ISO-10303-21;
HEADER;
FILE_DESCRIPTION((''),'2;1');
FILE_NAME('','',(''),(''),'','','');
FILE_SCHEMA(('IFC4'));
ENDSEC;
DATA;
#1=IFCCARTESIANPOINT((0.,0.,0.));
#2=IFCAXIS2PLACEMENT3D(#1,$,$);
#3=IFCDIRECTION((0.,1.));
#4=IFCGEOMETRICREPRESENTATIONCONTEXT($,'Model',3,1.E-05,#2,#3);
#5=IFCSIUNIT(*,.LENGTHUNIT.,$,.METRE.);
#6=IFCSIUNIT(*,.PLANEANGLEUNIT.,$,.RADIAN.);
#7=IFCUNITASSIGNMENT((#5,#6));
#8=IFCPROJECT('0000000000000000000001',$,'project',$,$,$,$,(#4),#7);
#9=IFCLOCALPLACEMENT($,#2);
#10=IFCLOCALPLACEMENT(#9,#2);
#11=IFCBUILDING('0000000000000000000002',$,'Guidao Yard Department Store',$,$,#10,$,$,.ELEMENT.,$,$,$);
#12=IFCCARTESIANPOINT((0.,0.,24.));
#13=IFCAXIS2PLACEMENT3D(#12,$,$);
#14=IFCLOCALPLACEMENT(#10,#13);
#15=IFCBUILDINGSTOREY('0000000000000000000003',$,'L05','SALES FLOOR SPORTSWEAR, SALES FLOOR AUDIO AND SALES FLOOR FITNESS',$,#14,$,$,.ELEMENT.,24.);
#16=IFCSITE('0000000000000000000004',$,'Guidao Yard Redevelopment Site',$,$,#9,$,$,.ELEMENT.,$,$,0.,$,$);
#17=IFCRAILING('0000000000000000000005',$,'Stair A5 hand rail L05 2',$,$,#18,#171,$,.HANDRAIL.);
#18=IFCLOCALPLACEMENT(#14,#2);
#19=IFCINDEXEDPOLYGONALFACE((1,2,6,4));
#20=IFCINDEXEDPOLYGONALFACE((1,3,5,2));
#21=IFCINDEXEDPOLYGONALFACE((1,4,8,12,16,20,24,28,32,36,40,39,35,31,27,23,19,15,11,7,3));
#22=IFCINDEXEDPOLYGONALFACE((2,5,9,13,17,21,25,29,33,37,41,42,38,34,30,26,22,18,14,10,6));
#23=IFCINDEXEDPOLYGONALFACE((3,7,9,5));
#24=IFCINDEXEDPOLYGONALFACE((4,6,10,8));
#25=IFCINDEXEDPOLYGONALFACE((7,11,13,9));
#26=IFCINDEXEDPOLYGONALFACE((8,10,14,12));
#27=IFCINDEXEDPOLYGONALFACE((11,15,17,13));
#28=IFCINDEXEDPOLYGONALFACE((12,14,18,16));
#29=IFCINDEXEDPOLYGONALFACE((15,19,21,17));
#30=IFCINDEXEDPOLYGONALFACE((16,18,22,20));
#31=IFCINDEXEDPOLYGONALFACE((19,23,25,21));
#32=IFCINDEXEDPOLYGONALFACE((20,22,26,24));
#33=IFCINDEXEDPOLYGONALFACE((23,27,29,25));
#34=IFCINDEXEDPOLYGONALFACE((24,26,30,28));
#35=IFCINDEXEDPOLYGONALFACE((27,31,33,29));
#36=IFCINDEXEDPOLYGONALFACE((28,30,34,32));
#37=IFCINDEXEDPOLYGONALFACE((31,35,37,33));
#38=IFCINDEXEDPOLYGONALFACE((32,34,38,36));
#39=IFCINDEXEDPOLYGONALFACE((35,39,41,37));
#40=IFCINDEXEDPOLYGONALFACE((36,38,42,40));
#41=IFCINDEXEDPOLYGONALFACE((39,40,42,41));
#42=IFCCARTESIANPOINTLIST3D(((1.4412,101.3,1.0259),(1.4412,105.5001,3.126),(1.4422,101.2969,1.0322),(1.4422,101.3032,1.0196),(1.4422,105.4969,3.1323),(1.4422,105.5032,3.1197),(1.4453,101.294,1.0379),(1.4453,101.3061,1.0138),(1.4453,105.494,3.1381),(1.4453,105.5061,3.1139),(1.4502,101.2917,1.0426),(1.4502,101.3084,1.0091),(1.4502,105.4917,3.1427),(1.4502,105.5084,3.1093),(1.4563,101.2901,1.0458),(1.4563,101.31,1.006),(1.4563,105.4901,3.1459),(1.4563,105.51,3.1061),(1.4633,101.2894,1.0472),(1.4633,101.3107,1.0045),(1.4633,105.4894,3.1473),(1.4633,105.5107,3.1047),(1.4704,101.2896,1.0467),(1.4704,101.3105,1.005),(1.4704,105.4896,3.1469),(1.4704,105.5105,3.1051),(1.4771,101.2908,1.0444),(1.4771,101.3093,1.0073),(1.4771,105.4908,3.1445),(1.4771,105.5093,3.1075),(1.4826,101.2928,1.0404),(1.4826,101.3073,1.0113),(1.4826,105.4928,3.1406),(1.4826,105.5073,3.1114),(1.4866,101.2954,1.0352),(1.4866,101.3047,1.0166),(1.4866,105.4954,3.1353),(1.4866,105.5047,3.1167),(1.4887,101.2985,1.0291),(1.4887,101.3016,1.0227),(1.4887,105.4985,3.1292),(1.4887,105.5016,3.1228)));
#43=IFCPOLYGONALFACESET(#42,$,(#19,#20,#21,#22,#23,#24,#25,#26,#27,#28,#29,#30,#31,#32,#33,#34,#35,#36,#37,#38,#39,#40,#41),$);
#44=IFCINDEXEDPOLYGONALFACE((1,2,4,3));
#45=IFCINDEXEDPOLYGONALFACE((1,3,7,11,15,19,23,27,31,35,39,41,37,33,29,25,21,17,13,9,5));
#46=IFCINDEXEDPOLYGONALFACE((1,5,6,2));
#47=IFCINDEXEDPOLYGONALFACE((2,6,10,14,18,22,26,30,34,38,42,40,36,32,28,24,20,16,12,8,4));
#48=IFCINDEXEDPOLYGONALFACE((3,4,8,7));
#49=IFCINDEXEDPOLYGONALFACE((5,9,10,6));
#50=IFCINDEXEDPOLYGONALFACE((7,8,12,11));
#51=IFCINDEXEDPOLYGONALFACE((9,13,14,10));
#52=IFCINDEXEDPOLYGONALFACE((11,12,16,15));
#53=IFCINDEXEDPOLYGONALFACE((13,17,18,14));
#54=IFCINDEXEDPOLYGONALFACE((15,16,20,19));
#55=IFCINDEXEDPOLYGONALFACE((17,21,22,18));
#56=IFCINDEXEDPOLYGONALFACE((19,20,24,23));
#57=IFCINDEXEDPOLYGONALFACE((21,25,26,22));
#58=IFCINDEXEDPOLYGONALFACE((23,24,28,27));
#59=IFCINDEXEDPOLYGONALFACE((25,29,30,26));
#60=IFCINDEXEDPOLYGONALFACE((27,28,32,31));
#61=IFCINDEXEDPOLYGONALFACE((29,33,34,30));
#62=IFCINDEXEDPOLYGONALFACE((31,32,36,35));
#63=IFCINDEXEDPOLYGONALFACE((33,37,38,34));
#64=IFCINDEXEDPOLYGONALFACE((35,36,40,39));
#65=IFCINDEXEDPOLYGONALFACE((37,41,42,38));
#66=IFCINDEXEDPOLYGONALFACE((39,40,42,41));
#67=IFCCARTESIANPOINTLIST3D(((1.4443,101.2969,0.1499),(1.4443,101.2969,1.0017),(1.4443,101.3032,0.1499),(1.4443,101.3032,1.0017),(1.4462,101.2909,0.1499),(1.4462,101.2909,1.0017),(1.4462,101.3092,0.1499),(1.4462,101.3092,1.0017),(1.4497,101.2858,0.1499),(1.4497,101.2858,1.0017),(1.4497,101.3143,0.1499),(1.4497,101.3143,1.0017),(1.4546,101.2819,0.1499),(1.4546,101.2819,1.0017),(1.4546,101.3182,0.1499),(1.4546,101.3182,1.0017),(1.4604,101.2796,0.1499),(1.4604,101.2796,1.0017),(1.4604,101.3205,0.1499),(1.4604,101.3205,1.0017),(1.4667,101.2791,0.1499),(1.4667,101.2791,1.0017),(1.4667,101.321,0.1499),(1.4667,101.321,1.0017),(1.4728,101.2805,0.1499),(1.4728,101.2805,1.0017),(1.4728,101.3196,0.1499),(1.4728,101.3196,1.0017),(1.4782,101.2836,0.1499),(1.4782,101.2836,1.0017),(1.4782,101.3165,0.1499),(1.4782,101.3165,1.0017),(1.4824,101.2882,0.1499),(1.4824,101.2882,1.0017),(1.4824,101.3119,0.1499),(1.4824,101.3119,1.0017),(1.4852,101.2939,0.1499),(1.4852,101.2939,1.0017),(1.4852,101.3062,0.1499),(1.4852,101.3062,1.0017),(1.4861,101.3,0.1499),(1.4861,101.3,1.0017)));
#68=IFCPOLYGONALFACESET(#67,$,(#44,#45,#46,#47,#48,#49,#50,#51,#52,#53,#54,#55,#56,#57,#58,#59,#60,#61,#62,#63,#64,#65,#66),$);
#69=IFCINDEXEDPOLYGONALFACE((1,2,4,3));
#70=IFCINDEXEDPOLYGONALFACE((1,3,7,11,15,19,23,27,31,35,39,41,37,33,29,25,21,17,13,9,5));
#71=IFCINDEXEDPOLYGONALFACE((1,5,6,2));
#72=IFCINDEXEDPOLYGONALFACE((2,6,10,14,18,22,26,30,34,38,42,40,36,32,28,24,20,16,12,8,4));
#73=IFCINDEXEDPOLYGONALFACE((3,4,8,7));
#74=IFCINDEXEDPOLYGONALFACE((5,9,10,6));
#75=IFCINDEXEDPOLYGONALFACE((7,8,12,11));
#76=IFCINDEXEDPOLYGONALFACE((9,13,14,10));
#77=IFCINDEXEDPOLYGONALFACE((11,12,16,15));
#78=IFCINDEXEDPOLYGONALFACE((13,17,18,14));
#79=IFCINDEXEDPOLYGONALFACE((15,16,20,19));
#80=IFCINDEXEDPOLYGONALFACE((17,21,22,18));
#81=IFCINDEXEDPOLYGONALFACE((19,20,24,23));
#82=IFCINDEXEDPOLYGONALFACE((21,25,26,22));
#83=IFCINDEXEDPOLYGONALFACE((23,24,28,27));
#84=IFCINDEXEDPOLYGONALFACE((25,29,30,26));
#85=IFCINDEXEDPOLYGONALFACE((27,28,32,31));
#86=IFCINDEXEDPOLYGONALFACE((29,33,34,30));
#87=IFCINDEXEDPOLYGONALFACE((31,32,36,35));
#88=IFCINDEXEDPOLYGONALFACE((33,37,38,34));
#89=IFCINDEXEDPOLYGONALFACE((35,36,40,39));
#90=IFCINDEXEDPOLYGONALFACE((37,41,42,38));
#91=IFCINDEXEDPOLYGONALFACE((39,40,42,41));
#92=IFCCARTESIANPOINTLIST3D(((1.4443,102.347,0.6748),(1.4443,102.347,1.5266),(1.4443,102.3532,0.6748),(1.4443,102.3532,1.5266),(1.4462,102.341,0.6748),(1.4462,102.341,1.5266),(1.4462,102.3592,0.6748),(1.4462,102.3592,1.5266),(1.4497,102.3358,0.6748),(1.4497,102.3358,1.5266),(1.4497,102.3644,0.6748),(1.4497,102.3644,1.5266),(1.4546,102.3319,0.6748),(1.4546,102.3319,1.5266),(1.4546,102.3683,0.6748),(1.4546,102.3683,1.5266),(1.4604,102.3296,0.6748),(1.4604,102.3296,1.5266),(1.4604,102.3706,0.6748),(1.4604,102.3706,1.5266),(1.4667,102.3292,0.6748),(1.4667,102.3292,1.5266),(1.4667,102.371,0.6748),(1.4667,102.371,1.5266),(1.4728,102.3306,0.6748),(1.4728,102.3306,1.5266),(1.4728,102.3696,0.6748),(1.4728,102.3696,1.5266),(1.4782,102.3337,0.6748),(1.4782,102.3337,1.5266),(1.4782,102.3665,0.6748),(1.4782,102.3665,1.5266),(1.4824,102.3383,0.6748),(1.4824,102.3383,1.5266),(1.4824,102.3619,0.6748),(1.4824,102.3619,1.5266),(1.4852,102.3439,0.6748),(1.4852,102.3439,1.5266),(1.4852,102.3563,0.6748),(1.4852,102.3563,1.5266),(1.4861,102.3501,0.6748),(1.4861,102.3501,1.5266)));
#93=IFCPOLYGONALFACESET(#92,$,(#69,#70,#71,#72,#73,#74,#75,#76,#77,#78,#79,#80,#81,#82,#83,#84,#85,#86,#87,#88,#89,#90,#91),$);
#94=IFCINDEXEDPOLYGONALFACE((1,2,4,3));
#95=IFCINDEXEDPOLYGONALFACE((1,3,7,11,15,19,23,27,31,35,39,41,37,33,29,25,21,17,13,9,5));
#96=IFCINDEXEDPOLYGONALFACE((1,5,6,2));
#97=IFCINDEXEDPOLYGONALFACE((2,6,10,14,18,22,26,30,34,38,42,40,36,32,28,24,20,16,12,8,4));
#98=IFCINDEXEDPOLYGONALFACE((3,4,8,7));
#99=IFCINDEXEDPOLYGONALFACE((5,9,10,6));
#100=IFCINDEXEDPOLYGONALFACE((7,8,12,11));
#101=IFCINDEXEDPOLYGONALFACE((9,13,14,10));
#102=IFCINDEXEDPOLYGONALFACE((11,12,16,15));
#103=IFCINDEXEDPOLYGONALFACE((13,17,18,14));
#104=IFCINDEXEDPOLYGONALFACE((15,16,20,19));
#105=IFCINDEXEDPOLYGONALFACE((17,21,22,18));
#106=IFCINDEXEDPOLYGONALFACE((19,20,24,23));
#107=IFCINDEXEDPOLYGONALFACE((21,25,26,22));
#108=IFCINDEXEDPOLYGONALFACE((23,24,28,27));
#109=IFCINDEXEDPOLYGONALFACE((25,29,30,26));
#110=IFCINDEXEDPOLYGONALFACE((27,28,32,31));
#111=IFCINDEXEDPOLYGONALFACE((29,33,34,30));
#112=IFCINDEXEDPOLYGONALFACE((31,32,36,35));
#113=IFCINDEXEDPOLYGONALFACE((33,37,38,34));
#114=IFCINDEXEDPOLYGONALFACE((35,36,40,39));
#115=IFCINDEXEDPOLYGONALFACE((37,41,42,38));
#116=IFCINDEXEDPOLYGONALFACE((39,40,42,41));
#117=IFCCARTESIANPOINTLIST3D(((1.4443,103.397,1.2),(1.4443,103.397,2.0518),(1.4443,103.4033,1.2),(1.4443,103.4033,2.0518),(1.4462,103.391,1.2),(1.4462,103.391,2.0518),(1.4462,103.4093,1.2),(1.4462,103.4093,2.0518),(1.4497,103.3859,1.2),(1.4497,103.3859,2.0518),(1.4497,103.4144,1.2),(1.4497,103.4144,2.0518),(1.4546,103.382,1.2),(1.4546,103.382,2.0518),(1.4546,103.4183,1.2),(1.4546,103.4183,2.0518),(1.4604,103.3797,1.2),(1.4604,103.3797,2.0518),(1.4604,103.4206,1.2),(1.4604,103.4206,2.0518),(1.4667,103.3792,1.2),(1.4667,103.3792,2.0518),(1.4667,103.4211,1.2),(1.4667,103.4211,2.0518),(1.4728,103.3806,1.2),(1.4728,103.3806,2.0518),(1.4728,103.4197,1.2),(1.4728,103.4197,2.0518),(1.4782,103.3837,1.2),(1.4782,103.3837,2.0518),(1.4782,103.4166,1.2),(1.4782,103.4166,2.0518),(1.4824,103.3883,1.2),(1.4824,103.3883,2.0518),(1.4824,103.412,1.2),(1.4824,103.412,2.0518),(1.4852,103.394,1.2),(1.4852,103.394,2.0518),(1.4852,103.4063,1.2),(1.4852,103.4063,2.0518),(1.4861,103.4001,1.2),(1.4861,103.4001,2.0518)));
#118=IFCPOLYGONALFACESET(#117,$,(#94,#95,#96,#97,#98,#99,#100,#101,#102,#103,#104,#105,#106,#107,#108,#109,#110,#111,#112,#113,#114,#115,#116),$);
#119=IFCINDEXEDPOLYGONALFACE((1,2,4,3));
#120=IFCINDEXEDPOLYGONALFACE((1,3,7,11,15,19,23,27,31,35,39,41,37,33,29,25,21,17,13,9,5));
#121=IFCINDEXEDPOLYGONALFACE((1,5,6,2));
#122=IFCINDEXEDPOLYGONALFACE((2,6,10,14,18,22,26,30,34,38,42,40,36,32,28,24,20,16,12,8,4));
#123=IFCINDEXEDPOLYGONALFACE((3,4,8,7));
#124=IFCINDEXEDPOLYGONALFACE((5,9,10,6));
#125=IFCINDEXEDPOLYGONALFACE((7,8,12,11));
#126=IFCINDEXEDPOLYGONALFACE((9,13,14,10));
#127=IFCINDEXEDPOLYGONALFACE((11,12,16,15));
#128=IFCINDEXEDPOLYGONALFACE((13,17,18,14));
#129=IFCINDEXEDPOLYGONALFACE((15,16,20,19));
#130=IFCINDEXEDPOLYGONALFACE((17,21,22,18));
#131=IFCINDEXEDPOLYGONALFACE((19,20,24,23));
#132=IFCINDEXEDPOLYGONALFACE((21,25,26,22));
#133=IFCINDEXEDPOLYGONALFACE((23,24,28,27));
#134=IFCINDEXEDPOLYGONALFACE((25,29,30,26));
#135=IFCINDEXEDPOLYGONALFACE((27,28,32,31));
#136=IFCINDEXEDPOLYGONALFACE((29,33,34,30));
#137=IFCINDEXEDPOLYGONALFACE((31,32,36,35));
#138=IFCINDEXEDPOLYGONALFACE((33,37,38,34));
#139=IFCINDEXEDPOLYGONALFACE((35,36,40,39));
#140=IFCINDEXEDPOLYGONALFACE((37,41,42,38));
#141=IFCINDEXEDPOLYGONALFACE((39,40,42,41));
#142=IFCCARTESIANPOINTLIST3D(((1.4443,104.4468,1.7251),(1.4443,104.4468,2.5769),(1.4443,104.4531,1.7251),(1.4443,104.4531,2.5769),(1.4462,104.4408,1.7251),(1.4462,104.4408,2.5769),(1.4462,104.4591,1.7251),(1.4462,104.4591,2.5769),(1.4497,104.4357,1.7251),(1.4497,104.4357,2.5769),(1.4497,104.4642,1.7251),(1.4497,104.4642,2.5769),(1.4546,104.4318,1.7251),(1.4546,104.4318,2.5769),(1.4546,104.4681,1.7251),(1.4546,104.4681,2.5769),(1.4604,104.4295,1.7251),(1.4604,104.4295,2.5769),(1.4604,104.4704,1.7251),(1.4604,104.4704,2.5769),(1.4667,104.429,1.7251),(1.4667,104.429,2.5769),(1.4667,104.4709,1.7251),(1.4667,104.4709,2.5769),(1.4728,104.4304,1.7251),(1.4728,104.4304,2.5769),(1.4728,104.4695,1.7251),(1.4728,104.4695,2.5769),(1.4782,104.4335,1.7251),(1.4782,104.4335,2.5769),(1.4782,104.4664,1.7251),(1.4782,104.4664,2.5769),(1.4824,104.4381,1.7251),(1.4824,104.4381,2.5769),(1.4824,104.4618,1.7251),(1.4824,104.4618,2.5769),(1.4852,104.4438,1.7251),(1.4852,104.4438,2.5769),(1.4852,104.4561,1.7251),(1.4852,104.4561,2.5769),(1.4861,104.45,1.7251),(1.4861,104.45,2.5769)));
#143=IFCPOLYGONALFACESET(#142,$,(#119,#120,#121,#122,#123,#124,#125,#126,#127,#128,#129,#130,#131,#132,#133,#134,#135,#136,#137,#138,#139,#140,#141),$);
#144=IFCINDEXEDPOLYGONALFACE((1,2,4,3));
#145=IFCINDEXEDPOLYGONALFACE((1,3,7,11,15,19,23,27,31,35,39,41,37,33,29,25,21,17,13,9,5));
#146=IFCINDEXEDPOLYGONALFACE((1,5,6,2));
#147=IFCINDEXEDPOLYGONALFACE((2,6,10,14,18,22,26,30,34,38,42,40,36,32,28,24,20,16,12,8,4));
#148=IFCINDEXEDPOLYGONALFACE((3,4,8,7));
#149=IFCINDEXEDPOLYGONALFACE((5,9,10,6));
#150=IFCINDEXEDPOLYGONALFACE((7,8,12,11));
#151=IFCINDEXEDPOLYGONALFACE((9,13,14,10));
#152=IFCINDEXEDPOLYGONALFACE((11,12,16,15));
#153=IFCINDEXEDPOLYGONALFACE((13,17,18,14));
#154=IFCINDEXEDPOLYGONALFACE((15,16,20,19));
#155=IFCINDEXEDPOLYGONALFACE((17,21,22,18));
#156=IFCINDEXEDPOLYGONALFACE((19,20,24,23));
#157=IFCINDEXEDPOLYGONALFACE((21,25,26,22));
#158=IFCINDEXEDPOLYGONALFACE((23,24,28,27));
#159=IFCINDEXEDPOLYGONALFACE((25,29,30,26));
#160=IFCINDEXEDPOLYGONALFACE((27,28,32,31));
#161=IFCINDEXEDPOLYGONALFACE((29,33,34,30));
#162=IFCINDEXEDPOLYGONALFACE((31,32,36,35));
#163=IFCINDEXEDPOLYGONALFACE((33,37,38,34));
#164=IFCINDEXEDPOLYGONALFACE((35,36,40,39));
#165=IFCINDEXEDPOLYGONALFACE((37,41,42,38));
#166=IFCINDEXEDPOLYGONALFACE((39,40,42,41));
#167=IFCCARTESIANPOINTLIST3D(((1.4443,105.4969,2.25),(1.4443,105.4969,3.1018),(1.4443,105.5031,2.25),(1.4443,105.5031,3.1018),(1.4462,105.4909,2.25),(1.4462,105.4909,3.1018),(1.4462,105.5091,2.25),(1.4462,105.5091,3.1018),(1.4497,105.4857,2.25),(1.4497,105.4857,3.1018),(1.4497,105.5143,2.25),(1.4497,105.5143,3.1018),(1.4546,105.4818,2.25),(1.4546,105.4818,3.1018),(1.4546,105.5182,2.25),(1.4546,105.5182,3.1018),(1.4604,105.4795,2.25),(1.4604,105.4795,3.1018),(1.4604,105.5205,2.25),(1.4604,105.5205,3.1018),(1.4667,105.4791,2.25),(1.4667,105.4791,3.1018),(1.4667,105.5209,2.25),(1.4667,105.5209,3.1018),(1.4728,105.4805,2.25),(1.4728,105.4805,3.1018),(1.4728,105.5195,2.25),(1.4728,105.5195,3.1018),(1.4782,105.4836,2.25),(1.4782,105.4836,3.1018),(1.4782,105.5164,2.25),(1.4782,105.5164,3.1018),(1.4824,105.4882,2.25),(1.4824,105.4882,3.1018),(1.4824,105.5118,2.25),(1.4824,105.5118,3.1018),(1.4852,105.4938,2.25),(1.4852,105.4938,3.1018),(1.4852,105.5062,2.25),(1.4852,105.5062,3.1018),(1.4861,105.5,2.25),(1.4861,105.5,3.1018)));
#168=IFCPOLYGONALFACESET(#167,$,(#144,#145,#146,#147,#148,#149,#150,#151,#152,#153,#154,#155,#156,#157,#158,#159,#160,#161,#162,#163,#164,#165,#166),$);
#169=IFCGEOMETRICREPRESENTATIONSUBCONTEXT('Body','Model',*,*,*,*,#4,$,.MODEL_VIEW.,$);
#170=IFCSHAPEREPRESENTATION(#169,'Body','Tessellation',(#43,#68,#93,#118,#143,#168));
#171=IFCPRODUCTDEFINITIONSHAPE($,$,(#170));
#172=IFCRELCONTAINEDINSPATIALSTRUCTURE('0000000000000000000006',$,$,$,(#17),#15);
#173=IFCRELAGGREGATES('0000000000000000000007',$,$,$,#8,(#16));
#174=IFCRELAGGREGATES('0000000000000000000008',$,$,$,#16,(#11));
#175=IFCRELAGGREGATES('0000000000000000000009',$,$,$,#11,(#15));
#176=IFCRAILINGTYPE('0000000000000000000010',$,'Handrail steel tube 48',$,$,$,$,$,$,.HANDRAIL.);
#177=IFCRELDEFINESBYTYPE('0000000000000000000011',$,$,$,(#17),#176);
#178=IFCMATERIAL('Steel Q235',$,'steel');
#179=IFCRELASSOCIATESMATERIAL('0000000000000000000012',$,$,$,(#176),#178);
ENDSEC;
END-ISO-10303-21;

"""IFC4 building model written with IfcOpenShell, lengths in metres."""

from ifc_helpers import new_model, si_unit, direction, frame, origin, origin_2d, place, context, subcontext, project, spatial, circle, extrude, material, type_object, element, save


model = new_model("IFC4")

# Units and contexts
model_context = context("Model", 3, precision=1e-05, world=origin(), true_north=direction((0.0, 1.0)))
body_context = subcontext(model_context, "Body", "Model", "MODEL_VIEW")
ifc_project = project(units=[si_unit("LENGTHUNIT", "METRE"), si_unit("PLANEANGLEUNIT", "RADIAN")], contexts=[model_context])

# Site, building, storey
site_placement = place(None, origin())
site = spatial("IfcSite", under=ifc_project, at=site_placement, Name="Guidao Yard Redevelopment Site", CompositionType="ELEMENT", RefElevation=0.0)
building_placement = place(site_placement, origin())
building = spatial("IfcBuilding", under=site, at=building_placement, Name="Guidao Yard Department Store", CompositionType="ELEMENT")
storey_placement = place(building_placement, frame((0.0, 0.0, 24.0)))
storey = spatial("IfcBuildingStorey", under=building, at=storey_placement, Name="L05", Description="SALES FLOOR SPORTSWEAR, SALES FLOOR AUDIO AND SALES FLOOR FITNESS", CompositionType="ELEMENT", Elevation=24.0)

# Railing
ifc_material_1 = material(Name="Steel Q235", Category="steel")
railing_type_1 = type_object("IfcRailingType", Name="Handrail steel tube 48", PredefinedType="HANDRAIL", material=ifc_material_1)
for number, where, name in (
    (1, (1.4651, 101.3, 0.1499), "Stair A5 hand rail L05 2"),
):
    element("IfcRailing", number, at=place(storey_placement, frame(where)), inside=storey, type_object=railing_type_1, Name=name, PredefinedType="HANDRAIL", context=body_context, shape_type="SweptSolid", body=[
        extrude(circle(Radius=0.0239, at=origin_2d()), frame((0.0, 0.0, 0.876), z_axis=(0.0, 0.894417, 0.447234), x_axis=(-1.0, 0.0, 0.0)), (0.0, 0.0, 1.0), 4.6958),
        extrude(circle(Radius=0.021, at=origin_2d()), origin(), (0.0, 0.0, 1.0), 0.8518),
        extrude(circle(Radius=0.021, at=origin_2d()), frame((0.0, 1.05, 0.5249)), (0.0, 0.0, 1.0), 0.8518),
        extrude(circle(Radius=0.021, at=origin_2d()), frame((0.0, 2.1001, 1.05)), (0.0, 0.0, 1.0), 0.8518),
        extrude(circle(Radius=0.021, at=origin_2d()), frame((0.0, 3.1499, 1.5752)), (0.0, 0.0, 1.0), 0.8518),
        extrude(circle(Radius=0.021, at=origin_2d()), frame((0.0, 4.2, 2.1001)), (0.0, 0.0, 1.0), 0.8518),
    ])

save(model, "model.ifc")
